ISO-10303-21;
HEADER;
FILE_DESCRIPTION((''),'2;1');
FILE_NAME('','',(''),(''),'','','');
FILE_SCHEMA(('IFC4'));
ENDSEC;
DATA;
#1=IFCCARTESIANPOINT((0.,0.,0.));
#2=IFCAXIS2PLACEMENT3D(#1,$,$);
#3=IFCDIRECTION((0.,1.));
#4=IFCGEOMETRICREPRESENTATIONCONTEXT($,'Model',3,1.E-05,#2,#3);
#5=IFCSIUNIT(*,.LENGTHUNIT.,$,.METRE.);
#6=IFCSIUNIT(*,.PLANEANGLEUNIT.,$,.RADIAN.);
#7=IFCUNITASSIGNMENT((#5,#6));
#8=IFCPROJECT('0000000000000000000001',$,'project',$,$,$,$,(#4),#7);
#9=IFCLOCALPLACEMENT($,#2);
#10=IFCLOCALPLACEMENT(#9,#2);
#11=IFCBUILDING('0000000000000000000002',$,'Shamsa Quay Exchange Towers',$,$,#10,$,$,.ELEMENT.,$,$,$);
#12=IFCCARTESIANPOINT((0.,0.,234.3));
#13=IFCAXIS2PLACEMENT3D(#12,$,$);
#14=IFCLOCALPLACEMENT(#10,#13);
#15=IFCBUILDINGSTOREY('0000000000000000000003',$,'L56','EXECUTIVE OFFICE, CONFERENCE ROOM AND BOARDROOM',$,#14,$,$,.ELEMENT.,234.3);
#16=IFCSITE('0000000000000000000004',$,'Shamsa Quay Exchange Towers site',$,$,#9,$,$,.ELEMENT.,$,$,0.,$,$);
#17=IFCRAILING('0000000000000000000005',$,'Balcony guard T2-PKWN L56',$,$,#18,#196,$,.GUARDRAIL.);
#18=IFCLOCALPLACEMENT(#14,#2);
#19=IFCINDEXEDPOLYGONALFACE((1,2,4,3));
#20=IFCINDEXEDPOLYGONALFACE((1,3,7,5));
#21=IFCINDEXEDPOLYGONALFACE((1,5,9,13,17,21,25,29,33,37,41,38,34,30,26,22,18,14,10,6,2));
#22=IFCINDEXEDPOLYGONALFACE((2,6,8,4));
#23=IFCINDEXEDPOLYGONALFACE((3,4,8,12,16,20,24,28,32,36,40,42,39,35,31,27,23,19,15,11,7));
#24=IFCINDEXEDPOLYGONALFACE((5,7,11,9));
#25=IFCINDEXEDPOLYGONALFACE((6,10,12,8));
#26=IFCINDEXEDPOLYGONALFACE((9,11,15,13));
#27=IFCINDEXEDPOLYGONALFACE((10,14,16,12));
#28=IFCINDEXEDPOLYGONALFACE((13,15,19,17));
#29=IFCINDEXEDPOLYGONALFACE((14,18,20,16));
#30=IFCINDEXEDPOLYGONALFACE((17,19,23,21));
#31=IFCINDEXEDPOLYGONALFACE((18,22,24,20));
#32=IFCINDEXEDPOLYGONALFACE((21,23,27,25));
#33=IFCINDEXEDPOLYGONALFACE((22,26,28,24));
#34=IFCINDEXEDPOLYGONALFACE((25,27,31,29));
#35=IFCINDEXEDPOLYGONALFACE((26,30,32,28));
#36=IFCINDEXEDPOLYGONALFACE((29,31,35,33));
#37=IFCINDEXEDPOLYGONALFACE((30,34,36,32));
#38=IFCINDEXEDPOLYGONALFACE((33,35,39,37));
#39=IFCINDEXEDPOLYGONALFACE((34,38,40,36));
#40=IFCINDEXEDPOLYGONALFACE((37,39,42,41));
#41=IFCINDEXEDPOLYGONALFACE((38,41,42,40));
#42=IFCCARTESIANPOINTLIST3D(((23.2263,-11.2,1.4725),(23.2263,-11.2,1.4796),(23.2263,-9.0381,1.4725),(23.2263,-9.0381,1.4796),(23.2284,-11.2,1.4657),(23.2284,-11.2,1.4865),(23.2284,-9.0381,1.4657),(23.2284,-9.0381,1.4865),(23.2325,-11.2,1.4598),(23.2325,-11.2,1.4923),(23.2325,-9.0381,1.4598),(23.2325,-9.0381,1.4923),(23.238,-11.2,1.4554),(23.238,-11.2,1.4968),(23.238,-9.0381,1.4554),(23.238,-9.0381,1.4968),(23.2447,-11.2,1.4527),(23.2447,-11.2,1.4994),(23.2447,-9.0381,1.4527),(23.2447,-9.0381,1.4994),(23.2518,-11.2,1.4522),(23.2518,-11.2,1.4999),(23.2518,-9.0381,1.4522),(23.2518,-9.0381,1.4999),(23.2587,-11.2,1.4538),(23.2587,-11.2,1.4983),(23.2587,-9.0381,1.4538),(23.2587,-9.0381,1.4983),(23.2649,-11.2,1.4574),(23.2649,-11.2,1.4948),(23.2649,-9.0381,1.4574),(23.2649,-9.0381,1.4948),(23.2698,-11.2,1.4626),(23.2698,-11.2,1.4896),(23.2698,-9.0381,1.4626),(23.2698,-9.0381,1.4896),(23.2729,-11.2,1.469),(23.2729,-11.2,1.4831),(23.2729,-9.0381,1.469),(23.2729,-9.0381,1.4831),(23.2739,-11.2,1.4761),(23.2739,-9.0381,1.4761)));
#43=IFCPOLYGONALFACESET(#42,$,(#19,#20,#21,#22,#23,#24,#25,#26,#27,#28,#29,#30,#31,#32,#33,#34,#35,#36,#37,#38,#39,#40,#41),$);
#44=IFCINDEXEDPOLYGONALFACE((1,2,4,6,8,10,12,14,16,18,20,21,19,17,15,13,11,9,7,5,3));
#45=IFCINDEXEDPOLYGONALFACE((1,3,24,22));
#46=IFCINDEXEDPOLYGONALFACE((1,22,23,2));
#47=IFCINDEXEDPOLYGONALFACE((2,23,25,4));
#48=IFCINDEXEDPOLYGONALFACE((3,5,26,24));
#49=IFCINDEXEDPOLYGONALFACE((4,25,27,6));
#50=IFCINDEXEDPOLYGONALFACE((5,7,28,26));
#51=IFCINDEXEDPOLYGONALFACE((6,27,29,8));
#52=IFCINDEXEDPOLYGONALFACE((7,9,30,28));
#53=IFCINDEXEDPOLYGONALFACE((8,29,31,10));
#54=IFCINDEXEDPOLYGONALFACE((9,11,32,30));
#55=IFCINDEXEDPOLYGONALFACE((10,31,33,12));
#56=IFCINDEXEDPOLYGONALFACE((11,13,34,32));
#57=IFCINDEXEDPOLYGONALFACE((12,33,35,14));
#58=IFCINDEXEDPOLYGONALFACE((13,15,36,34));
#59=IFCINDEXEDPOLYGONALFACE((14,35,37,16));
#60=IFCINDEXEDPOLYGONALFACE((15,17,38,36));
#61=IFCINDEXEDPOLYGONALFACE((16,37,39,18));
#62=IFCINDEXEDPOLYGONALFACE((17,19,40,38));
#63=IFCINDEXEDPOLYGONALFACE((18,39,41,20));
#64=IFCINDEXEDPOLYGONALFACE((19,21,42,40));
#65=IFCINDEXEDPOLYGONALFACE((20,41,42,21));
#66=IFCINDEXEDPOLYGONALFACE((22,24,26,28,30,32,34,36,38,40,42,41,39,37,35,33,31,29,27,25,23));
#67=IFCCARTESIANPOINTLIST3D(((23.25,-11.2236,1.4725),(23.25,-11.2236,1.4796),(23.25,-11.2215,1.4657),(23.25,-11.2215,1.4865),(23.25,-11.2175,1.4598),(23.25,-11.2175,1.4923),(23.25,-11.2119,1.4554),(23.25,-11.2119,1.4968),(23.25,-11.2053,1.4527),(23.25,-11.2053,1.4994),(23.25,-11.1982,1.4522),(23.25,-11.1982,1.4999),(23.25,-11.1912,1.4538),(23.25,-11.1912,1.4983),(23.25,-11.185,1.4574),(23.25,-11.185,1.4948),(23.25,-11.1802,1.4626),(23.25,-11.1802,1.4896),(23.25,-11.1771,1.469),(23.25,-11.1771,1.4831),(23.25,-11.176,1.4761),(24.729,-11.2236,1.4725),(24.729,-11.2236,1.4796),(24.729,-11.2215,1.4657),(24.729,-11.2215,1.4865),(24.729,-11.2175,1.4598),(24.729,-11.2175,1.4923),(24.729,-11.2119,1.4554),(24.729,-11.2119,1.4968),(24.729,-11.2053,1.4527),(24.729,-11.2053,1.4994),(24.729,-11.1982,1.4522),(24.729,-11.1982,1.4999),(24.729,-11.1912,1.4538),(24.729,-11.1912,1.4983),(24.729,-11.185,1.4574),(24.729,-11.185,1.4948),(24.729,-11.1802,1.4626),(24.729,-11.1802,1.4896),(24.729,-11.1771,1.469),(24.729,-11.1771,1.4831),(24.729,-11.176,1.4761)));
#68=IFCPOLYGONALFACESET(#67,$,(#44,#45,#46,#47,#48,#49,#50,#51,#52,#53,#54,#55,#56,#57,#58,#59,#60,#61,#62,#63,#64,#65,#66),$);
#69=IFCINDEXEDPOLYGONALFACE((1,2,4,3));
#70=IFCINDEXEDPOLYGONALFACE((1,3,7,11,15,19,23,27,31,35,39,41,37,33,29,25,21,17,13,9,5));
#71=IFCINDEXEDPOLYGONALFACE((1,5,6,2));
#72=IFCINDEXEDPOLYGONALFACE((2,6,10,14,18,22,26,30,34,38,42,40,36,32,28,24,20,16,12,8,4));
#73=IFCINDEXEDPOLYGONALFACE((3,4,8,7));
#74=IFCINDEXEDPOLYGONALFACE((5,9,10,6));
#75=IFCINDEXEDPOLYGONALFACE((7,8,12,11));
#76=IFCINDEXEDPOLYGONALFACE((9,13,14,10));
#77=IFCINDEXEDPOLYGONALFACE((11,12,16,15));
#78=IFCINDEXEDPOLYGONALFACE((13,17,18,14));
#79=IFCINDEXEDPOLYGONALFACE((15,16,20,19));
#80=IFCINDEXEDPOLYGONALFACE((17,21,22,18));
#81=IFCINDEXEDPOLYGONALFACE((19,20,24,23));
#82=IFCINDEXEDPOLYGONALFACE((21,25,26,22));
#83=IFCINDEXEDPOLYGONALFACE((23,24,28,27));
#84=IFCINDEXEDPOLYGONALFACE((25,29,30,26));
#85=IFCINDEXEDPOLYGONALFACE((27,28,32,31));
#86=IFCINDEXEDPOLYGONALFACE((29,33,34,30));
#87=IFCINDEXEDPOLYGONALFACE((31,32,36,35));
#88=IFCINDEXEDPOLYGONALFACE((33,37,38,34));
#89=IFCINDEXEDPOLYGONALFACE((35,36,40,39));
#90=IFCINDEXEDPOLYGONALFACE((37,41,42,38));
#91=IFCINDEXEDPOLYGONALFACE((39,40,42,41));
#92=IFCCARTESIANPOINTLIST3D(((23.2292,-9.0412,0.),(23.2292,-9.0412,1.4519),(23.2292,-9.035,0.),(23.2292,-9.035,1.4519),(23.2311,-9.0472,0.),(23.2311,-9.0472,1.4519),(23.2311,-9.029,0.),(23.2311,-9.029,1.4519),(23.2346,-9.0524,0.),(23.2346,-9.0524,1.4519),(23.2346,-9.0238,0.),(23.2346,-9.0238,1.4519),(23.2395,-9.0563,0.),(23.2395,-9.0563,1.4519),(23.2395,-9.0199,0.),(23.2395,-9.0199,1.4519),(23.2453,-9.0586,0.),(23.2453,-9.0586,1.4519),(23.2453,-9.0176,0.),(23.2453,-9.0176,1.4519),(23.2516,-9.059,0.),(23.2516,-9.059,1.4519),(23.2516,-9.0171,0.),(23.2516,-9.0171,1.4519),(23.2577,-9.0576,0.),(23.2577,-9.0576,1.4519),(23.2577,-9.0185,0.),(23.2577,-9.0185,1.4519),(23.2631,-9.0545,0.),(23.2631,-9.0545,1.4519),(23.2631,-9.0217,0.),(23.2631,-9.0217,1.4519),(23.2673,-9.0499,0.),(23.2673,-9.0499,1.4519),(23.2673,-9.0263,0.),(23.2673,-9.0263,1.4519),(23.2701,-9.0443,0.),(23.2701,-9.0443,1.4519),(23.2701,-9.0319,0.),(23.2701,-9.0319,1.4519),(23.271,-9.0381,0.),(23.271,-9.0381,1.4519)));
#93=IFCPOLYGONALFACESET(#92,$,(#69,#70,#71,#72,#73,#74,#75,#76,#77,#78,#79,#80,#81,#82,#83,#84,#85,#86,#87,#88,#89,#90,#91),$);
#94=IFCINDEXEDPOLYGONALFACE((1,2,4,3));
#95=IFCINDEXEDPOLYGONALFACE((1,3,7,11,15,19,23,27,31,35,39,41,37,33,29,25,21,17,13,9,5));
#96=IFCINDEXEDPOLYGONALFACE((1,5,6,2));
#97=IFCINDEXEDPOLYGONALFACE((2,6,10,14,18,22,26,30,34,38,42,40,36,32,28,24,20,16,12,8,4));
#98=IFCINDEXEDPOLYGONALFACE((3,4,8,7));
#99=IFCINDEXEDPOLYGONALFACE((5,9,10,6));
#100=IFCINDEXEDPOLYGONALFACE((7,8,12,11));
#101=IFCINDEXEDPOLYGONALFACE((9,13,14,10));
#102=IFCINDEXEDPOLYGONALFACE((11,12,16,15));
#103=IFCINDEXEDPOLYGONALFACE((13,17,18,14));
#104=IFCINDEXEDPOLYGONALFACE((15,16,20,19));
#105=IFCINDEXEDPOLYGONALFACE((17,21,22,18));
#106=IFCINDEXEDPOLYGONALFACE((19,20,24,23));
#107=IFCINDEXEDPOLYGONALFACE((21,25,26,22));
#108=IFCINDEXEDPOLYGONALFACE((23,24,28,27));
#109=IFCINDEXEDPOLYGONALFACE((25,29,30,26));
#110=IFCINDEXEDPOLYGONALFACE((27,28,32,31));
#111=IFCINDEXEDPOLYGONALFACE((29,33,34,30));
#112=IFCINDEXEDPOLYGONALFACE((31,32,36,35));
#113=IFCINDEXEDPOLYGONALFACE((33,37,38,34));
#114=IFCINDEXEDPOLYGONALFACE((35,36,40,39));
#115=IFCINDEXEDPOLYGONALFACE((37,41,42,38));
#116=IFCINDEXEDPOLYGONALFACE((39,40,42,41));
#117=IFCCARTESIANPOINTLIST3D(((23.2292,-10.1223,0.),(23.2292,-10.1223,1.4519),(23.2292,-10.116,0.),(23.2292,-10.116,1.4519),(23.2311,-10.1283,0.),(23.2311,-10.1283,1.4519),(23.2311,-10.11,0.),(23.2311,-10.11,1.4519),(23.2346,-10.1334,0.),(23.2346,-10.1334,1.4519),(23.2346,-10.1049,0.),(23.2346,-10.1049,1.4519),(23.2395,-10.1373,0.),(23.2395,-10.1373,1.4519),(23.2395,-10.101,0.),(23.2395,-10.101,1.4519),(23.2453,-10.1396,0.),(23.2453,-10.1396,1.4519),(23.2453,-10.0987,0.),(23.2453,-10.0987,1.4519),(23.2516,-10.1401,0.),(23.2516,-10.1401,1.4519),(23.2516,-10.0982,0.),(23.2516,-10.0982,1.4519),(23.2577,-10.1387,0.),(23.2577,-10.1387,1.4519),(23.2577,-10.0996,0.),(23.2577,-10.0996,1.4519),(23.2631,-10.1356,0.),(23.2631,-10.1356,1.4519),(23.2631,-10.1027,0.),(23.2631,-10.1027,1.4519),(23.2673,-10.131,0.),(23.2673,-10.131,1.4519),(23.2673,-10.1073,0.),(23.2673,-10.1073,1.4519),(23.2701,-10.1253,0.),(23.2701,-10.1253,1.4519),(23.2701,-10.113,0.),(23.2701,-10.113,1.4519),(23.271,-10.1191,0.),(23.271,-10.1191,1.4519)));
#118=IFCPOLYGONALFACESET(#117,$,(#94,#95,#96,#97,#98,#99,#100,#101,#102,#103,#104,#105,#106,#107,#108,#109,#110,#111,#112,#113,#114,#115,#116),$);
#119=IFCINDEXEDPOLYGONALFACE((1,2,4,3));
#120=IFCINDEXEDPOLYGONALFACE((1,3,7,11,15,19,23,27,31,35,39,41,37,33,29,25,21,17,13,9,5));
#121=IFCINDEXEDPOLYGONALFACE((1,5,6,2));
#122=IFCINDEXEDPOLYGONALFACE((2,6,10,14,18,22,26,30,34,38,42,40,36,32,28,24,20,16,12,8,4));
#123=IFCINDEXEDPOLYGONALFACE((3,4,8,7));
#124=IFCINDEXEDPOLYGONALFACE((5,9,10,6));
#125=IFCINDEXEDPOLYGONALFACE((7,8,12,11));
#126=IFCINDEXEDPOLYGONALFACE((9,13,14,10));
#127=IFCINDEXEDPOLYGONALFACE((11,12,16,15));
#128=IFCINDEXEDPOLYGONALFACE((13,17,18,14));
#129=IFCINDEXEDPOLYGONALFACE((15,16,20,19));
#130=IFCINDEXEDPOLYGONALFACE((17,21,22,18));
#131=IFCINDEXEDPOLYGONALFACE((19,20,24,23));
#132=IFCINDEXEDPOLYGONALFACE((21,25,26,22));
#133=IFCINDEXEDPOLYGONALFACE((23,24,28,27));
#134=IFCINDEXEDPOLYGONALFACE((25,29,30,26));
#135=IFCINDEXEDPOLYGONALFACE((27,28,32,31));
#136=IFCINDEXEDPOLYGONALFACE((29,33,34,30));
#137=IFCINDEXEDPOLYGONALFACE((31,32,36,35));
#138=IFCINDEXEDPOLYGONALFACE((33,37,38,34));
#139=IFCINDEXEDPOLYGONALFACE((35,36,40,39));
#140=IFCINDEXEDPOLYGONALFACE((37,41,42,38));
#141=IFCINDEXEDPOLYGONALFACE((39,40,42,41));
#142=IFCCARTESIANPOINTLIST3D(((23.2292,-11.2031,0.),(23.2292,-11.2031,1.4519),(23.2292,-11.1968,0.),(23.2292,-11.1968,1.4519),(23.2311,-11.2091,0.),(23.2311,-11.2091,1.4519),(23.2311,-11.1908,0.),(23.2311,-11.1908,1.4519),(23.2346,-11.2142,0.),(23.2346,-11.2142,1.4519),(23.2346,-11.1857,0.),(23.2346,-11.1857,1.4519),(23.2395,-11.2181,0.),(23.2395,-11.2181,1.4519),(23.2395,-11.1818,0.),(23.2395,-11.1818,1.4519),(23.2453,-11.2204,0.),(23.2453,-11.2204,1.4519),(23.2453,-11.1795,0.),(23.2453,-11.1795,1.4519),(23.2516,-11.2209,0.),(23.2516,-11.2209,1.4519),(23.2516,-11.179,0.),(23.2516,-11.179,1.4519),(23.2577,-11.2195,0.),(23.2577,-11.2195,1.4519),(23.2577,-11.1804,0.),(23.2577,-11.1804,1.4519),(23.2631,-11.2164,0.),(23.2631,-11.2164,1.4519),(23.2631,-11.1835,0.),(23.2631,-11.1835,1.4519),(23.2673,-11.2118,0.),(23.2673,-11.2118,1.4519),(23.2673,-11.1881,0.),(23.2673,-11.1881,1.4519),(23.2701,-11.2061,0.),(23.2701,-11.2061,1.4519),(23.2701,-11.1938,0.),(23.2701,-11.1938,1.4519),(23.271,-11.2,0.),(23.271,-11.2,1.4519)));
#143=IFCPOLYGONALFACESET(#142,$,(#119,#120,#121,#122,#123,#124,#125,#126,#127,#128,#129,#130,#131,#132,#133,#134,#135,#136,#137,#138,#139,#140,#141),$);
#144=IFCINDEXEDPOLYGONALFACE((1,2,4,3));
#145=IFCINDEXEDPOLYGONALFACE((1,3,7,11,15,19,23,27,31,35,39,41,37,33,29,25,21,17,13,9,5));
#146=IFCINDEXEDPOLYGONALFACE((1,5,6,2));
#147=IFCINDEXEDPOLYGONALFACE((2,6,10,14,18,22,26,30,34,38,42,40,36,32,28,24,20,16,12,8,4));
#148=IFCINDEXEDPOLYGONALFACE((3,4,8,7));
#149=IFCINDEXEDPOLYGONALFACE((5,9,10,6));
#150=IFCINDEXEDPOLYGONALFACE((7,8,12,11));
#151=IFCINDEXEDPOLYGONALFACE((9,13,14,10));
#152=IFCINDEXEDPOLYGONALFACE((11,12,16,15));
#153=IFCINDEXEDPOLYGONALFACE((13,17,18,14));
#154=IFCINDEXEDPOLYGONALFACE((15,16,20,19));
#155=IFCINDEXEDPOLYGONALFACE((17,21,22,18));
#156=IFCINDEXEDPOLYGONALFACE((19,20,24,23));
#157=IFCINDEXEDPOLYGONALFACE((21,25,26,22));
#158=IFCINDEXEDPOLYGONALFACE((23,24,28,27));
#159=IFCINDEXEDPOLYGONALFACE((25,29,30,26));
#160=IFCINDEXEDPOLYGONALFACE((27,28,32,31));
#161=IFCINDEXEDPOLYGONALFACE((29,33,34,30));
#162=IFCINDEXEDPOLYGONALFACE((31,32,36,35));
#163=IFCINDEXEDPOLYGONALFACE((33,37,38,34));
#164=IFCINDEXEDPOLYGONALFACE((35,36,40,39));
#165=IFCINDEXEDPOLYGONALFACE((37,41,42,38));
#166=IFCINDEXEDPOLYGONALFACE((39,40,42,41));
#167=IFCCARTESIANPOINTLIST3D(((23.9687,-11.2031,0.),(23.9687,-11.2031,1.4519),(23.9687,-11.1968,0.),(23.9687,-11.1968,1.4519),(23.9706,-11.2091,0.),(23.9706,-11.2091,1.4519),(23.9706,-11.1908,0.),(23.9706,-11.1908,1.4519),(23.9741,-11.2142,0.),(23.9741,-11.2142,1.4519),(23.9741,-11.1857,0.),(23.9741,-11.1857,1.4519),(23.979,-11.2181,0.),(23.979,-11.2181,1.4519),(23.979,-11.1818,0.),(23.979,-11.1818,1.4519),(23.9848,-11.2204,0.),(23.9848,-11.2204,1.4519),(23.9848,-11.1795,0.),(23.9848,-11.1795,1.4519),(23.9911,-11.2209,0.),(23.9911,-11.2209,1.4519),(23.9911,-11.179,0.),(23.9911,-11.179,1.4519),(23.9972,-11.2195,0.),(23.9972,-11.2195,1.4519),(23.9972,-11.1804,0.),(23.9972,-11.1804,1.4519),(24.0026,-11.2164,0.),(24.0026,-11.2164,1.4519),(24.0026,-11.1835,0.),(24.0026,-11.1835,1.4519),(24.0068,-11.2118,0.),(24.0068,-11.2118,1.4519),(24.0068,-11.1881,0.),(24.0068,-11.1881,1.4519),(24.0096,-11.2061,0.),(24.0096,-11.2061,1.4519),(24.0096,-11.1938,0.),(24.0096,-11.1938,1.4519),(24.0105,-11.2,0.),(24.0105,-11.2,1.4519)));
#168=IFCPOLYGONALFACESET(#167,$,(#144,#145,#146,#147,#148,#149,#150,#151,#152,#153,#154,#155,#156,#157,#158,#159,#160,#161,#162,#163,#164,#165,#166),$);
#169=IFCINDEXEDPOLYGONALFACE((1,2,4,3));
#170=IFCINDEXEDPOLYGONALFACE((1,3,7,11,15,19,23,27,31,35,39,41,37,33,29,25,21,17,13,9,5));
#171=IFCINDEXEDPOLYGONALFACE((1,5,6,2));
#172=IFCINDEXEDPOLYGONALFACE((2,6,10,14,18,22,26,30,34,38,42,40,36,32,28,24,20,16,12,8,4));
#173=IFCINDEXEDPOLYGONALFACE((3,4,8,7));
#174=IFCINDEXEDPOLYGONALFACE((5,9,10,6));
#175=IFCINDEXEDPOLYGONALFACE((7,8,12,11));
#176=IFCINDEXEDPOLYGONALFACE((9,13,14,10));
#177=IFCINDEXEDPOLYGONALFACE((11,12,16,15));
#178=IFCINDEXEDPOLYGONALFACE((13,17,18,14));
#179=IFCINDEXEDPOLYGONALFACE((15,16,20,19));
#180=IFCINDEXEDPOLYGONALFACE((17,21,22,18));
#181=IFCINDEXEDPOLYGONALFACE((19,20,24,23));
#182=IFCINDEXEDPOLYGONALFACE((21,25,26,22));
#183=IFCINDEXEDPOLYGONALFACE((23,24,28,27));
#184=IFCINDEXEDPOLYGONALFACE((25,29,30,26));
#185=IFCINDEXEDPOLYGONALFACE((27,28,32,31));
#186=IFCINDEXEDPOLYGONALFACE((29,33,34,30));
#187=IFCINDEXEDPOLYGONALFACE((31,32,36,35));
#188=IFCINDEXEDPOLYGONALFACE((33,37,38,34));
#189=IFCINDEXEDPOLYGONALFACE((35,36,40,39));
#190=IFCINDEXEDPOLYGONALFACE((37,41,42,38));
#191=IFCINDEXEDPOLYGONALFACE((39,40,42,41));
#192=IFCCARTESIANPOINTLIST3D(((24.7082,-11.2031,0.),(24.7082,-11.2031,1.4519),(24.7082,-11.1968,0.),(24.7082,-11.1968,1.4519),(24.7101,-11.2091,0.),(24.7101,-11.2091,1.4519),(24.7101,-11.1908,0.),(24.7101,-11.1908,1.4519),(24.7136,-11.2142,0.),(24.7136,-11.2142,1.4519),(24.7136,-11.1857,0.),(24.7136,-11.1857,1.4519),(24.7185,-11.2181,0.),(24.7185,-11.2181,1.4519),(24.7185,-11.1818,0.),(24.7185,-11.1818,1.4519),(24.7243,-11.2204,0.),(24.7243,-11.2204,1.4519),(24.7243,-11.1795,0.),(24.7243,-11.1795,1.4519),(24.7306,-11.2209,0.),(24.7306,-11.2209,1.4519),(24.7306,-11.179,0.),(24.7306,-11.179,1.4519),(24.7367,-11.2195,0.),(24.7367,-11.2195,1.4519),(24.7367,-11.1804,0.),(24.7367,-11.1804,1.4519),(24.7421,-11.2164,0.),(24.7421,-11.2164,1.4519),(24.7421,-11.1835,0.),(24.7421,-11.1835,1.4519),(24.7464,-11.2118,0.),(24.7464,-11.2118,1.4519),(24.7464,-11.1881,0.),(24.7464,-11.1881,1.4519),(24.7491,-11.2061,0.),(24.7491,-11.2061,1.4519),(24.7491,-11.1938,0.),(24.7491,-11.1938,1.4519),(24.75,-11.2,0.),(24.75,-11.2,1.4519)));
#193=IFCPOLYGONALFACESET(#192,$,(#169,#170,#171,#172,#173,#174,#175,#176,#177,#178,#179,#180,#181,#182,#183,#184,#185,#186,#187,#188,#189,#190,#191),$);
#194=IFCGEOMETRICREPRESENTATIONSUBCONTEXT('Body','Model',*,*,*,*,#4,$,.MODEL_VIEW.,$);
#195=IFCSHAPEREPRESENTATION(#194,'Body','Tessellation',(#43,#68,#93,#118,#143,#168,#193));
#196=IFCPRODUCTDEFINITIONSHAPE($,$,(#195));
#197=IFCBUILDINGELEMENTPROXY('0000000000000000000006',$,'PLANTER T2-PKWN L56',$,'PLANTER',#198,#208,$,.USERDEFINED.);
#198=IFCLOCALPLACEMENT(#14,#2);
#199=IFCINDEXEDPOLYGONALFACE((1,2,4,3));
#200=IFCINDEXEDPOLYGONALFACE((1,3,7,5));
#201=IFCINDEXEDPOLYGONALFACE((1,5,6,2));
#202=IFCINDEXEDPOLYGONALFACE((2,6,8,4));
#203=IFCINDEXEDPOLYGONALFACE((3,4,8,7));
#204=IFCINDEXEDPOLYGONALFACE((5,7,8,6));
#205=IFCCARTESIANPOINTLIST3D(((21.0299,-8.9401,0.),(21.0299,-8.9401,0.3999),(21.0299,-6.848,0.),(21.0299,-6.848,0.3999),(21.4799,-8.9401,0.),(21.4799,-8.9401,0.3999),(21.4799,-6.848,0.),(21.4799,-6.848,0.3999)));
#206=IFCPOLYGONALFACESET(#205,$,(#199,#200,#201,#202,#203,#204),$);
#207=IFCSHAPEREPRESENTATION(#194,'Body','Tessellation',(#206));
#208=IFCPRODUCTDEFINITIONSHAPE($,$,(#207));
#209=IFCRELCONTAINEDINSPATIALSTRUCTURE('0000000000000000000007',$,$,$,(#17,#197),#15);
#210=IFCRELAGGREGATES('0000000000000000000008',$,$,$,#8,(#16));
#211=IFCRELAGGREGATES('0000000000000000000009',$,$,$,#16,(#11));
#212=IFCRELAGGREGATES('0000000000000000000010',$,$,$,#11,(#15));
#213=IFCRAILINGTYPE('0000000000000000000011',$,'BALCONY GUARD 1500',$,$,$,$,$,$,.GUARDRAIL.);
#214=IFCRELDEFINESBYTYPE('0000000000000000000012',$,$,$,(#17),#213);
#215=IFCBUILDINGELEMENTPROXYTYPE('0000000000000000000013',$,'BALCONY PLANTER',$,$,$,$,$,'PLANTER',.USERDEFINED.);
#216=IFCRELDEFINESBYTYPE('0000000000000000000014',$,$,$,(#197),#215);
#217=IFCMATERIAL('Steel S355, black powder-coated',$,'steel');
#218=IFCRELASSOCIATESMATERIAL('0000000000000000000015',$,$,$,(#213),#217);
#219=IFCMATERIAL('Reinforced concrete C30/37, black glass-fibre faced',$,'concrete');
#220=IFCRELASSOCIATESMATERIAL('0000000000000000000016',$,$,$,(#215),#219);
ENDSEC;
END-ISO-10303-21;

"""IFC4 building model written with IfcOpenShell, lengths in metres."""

from ifc_helpers import new_model, si_unit, direction, frame, origin, origin_2d, place, context, subcontext, project, spatial, rectangle, circle, extrude, material, type_object, element, save


model = new_model("IFC4")

# Units and contexts
model_context = context("Model", 3, precision=1e-05, world=origin(), true_north=direction((0.0, 1.0)))
body_context = subcontext(model_context, "Body", "Model", "MODEL_VIEW")
ifc_project = project(units=[si_unit("LENGTHUNIT", "METRE"), si_unit("PLANEANGLEUNIT", "RADIAN")], contexts=[model_context])

# Site, building, storey
site_placement = place(None, origin())
site = spatial("IfcSite", under=ifc_project, at=site_placement, Name="Shamsa Quay Exchange Towers site", CompositionType="ELEMENT", RefElevation=0.0)
building_placement = place(site_placement, origin())
building = spatial("IfcBuilding", under=site, at=building_placement, Name="Shamsa Quay Exchange Towers", CompositionType="ELEMENT")
storey_placement = place(building_placement, frame((0.0, 0.0, 234.3)))
storey = spatial("IfcBuildingStorey", under=building, at=storey_placement, Name="L56", Description="EXECUTIVE OFFICE, CONFERENCE ROOM AND BOARDROOM", CompositionType="ELEMENT", Elevation=234.3)

# Railing
ifc_material_1 = material(Name="Steel S355, black powder-coated", Category="steel")
railing_type = type_object("IfcRailingType", Name="BALCONY GUARD 1500", PredefinedType="GUARDRAIL", material=ifc_material_1)
for number, where, name in (
    (1, (23.25, -9.0381, 0.0), "Balcony guard T2-PKWN L56"),
):
    element("IfcRailing", number, at=place(storey_placement, frame(where)), inside=storey, type_object=railing_type, Name=name, PredefinedType="GUARDRAIL", context=body_context, shape_type="SweptSolid", body=[
        extrude(circle(Radius=0.0239, at=origin_2d()), frame((0.0, 0.0, 1.4761), z_axis=(0.0, -1.0, 0.0), x_axis=(1.0, 0.0, 0.0)), (0.0, 0.0, 1.0), 2.1619),
        extrude(circle(Radius=0.0239, at=origin_2d()), frame((0.0, -2.1619, 1.4761), z_axis=(1.0, 0.0, 0.0), x_axis=(0.0, 1.0, 0.0)), (0.0, 0.0, 1.0), 1.479),
        extrude(circle(Radius=0.021, at=origin_2d()), origin(), (0.0, 0.0, 1.0), 1.4519),
        extrude(circle(Radius=0.021, at=origin_2d()), frame((0.0, -1.0811, 0.0)), (0.0, 0.0, 1.0), 1.4519),
        extrude(circle(Radius=0.021, at=origin_2d()), frame((0.0, -2.1619, 0.0)), (0.0, 0.0, 1.0), 1.4519),
        extrude(circle(Radius=0.021, at=origin_2d()), frame((0.7395, -2.1619, 0.0)), (0.0, 0.0, 1.0), 1.4519),
        extrude(circle(Radius=0.021, at=origin_2d()), frame((1.479, -2.1619, 0.0)), (0.0, 0.0, 1.0), 1.4519),
    ])

# Building element proxy
ifc_material_2 = material(Name="Reinforced concrete C30/37, black glass-fibre faced", Category="concrete")
building_element_proxy_type = type_object("IfcBuildingElementProxyType", Name="BALCONY PLANTER", ElementType="PLANTER", PredefinedType="USERDEFINED", material=ifc_material_2)
for number, where, z_axis, x_axis, name in (
    (2, (21.2549, -7.894, 0.0), (0.0, 0.0, 1.0), (0.0, -1.0, 0.0), "PLANTER T2-PKWN L56"),
):
    element("IfcBuildingElementProxy", number, at=place(storey_placement, frame(where, z_axis=z_axis, x_axis=x_axis)), inside=storey, type_object=building_element_proxy_type, Name=name, ObjectType="PLANTER", PredefinedType="USERDEFINED", context=body_context, shape_type="SweptSolid", body=[
        extrude(rectangle(XDim=2.092, YDim=0.45, at=origin_2d()), origin(), (0.0, 0.0, 1.0), 0.3999),
    ])

save(model, "model.ifc")
